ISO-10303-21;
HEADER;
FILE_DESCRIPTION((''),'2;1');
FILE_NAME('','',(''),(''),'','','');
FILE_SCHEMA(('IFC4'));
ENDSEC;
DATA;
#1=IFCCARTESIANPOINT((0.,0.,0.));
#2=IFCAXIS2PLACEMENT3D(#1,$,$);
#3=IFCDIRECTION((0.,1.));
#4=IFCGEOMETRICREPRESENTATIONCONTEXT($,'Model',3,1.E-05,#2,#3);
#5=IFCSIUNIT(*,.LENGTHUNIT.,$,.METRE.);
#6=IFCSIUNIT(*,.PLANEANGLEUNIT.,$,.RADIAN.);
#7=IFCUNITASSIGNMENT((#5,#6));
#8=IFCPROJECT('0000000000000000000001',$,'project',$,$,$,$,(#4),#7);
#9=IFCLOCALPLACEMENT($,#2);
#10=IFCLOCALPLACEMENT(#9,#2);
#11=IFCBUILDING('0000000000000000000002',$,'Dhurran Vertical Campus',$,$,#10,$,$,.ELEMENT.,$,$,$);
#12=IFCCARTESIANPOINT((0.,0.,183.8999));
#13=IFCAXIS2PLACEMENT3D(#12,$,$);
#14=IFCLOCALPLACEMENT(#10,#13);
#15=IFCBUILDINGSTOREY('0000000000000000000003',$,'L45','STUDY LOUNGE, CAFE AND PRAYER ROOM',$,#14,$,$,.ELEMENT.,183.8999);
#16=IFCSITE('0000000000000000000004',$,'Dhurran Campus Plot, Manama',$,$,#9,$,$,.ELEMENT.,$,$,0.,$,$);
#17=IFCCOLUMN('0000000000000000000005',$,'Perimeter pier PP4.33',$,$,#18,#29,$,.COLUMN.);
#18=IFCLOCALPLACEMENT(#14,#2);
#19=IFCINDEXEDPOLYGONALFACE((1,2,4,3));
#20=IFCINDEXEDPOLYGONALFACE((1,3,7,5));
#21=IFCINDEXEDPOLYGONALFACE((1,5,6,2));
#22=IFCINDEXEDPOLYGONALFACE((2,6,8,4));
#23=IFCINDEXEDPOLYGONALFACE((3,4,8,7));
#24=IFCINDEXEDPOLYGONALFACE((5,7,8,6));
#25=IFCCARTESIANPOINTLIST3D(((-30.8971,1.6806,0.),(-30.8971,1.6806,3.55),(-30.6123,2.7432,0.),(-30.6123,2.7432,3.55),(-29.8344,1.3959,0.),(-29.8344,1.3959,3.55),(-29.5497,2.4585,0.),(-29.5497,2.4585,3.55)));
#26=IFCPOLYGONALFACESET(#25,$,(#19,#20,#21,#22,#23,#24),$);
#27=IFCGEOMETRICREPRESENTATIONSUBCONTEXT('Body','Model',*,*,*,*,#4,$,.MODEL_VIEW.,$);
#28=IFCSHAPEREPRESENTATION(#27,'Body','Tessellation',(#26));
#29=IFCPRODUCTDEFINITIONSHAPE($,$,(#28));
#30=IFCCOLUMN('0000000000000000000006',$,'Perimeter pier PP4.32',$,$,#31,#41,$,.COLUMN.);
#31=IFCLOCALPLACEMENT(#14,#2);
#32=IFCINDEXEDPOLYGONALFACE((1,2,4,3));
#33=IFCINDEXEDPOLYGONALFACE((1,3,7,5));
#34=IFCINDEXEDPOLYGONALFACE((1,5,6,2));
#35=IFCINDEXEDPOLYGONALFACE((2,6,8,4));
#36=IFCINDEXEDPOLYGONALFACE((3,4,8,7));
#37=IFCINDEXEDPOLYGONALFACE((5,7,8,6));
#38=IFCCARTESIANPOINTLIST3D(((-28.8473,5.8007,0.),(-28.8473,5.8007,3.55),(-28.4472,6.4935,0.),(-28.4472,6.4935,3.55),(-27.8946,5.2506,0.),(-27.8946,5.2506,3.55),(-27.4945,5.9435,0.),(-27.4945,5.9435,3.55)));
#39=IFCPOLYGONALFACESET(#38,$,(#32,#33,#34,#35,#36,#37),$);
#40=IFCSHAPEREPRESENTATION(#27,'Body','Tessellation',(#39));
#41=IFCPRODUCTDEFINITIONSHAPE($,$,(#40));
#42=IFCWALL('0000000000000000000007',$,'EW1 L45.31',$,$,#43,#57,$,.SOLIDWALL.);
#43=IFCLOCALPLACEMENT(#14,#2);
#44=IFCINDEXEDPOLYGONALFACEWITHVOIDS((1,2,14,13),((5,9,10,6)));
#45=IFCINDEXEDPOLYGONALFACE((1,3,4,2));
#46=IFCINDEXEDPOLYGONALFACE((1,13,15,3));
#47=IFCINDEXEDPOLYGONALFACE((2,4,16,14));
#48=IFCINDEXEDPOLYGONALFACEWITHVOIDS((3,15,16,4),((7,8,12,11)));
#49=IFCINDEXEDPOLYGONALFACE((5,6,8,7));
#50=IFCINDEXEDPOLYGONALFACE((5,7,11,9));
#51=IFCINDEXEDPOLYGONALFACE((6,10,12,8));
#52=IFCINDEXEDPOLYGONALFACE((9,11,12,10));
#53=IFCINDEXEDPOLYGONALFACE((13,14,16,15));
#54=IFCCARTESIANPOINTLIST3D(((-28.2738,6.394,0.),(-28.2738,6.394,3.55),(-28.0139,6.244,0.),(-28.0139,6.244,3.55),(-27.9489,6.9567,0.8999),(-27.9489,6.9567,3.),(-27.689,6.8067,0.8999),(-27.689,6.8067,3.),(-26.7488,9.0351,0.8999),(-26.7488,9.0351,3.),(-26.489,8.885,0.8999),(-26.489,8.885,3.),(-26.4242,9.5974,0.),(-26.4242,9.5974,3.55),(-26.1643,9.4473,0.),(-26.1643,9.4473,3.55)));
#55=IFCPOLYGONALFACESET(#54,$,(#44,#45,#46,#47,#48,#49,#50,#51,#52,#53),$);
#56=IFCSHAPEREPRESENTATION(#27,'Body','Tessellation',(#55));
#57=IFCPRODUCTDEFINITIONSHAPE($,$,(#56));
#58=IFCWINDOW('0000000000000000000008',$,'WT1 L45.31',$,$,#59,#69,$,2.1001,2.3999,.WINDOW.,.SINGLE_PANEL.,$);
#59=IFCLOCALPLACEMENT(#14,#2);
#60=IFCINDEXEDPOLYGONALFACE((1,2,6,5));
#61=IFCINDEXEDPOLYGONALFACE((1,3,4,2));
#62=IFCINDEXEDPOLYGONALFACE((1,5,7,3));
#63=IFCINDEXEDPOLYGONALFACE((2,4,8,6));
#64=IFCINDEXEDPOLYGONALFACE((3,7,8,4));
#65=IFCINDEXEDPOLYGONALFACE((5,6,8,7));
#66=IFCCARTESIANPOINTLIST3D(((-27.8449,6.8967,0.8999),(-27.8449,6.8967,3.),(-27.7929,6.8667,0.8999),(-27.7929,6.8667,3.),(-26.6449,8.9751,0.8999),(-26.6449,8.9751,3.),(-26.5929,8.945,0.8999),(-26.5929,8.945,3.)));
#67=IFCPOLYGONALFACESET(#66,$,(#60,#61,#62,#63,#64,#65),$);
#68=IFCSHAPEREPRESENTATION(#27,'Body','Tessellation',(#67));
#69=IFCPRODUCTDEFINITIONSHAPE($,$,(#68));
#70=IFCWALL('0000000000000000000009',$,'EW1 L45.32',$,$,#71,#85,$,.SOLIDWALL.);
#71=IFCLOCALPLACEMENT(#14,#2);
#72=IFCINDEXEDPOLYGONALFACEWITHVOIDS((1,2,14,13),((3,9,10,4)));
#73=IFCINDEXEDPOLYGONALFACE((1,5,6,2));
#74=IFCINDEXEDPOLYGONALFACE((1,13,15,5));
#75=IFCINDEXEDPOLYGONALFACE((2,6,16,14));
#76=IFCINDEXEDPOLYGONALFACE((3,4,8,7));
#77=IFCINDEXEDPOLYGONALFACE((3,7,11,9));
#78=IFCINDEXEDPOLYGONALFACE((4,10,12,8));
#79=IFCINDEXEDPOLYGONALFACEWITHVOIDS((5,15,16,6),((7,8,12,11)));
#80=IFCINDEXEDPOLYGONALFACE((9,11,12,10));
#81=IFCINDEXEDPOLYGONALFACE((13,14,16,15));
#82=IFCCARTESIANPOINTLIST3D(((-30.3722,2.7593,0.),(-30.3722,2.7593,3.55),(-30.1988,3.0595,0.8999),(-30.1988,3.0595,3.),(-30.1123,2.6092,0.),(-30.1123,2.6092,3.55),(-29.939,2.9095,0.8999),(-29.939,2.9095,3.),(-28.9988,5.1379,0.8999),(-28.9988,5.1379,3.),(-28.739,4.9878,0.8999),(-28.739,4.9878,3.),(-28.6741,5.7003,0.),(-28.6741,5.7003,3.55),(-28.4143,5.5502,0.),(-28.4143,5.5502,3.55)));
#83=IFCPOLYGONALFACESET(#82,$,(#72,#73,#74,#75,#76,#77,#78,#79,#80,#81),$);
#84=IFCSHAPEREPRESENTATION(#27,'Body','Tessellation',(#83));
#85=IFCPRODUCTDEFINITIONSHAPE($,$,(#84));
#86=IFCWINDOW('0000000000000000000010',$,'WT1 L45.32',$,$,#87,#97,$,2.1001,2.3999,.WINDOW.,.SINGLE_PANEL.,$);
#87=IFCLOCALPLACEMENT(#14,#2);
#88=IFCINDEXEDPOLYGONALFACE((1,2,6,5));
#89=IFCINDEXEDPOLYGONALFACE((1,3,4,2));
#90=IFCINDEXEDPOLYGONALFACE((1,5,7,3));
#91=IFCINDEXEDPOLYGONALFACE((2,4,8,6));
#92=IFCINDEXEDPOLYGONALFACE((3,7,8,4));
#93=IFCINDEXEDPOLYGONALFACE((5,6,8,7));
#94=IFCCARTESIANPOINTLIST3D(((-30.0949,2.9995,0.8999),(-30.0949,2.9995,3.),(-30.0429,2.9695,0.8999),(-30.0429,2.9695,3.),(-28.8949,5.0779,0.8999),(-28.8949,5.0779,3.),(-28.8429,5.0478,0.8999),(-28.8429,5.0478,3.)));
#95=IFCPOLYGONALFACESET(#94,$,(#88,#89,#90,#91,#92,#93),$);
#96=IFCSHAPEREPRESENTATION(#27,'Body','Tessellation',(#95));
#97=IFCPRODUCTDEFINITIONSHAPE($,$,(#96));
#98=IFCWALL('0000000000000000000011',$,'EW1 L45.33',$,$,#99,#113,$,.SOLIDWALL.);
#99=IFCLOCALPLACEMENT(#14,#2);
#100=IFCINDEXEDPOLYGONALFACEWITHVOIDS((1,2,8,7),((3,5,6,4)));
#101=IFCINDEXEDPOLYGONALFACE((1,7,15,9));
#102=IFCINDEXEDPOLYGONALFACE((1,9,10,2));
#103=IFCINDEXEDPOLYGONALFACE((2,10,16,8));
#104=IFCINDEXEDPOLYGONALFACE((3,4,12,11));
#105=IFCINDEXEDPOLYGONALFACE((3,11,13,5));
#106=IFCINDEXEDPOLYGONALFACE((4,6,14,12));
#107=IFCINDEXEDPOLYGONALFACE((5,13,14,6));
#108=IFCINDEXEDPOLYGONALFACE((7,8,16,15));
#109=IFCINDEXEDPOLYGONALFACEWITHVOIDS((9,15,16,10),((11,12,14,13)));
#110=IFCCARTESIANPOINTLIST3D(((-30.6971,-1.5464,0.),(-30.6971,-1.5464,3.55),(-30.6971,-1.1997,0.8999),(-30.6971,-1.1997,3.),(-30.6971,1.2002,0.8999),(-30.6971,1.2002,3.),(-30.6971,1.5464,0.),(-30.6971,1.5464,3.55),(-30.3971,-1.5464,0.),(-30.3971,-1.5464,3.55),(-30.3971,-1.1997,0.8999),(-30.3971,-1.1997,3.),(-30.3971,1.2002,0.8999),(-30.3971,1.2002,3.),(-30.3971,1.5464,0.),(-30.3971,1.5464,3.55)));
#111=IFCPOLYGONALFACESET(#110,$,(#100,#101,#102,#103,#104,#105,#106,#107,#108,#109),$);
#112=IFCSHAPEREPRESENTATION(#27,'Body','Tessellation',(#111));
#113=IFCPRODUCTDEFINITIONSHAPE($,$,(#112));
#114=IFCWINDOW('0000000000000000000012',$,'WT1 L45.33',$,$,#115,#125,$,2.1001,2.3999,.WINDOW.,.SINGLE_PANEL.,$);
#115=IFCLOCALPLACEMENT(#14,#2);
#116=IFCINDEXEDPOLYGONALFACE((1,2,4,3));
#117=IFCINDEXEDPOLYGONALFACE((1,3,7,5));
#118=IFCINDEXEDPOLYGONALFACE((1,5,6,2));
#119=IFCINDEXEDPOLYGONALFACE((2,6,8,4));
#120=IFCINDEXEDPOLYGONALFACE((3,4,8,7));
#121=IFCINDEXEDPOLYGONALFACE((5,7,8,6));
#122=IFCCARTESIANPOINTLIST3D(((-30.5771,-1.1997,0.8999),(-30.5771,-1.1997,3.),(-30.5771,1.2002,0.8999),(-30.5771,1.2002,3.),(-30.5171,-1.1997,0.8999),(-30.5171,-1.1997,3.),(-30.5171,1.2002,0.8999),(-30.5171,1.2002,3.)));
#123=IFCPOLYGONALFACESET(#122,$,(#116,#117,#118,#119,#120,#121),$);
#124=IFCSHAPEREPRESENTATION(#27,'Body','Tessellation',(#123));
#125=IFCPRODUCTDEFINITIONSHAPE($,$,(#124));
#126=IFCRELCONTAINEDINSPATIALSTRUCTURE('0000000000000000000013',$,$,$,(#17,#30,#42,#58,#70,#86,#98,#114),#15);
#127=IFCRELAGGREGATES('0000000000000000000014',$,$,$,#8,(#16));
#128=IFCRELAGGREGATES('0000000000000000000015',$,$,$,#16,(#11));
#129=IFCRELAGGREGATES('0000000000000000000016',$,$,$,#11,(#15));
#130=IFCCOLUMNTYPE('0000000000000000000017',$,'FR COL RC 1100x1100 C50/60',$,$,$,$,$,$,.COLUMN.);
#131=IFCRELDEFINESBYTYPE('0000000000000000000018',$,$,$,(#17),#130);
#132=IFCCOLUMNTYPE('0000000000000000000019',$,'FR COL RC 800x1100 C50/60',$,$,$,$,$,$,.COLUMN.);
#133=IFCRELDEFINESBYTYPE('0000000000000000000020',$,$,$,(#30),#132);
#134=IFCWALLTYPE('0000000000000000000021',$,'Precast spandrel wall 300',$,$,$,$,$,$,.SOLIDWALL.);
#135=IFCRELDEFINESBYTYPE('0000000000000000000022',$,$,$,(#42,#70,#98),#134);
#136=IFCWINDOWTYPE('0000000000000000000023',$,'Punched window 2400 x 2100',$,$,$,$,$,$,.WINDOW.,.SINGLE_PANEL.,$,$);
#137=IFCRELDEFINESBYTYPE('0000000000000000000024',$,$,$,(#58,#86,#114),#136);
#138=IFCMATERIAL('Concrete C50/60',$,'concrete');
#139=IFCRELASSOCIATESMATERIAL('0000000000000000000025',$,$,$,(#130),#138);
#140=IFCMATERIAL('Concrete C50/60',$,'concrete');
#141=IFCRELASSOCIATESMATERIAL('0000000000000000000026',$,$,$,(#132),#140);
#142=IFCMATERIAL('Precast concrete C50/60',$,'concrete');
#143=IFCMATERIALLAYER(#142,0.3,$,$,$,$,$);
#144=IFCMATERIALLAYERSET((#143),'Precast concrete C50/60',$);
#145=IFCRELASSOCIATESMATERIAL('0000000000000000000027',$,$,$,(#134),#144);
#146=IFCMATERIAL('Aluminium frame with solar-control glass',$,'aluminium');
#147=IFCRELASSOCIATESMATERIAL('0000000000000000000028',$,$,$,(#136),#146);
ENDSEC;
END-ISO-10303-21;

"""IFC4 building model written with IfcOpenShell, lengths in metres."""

from ifc_helpers import new_model, si_unit, direction, frame, frame_2d, origin, origin_2d, place, context, subcontext, project, spatial, rectangle, extrude, material, layer, layer_set, material_profile, profile_set, type_object, element, fill, save


model = new_model("IFC4")

# Units and contexts
model_context = context("Model", 3, precision=1e-05, world=origin(), true_north=direction((0.0, 1.0)))
body_context = subcontext(model_context, "Body", "Model", "MODEL_VIEW")
ifc_project = project(units=[si_unit("LENGTHUNIT", "METRE"), si_unit("PLANEANGLEUNIT", "RADIAN")], contexts=[model_context])

# Site, building, storey
site_placement = place(None, origin())
site = spatial("IfcSite", under=ifc_project, at=site_placement, Name="Dhurran Campus Plot, Manama", CompositionType="ELEMENT", RefElevation=0.0)
building_placement = place(site_placement, origin())
building = spatial("IfcBuilding", under=site, at=building_placement, Name="Dhurran Vertical Campus", CompositionType="ELEMENT")
storey_placement = place(building_placement, frame((0.0, 0.0, 183.8999)))
storey = spatial("IfcBuildingStorey", under=building, at=storey_placement, Name="L45", Description="STUDY LOUNGE, CAFE AND PRAYER ROOM", CompositionType="ELEMENT", Elevation=183.8999)

# Columns
ifc_material_1 = material(Name="Concrete C50/60", Category="concrete")
ifc_material_profile_1 = material_profile(ifc_material_1, rectangle(XDim=1.1001, YDim=1.1001, at=origin_2d()), Name="RC 1100x1100")
ifc_profile_set_1 = profile_set([ifc_material_profile_1], Name="Concrete C50/60")
column_type_1 = type_object("IfcColumnType", Name="FR COL RC 1100x1100 C50/60", PredefinedType="COLUMN", material=ifc_profile_set_1)
column_1_placement = place(storey_placement, frame((-30.2234, 2.0696, 0.0), z_axis=(0.0, 0.0, 1.0), x_axis=(-0.258819, -0.965926, 0.0)))
element("IfcColumn", 1, at=column_1_placement, inside=storey, type_object=column_type_1, Name="Perimeter pier PP4.33", PredefinedType="COLUMN", context=body_context, shape_type="SweptSolid", body=[
    extrude(rectangle(XDim=1.1001, YDim=1.1001, at=origin_2d()), origin(), (0.0, 0.0, 1.0), 3.55),
])
ifc_material_2 = material(Name="Concrete C50/60", Category="concrete")
ifc_material_profile_2 = material_profile(ifc_material_2, rectangle(XDim=0.8, YDim=1.1001, at=origin_2d()), Name="RC 800x1100")
ifc_profile_set_2 = profile_set([ifc_material_profile_2], Name="Concrete C50/60")
column_type_2 = type_object("IfcColumnType", Name="FR COL RC 800x1100 C50/60", PredefinedType="COLUMN", material=ifc_profile_set_2)
column_2_placement = place(storey_placement, frame((-28.1709, 5.8721, 0.0), z_axis=(0.0, 0.0, 1.0), x_axis=(-0.5, -0.866025, 0.0)))
element("IfcColumn", 2, at=column_2_placement, inside=storey, type_object=column_type_2, Name="Perimeter pier PP4.32", PredefinedType="COLUMN", context=body_context, shape_type="SweptSolid", body=[
    extrude(rectangle(XDim=0.8, YDim=1.1001, at=origin_2d()), origin(), (0.0, 0.0, 1.0), 3.55),
])

# Walls, openings, windows
ifc_material_3 = material(Name="Precast concrete C50/60", Category="concrete")
ifc_layer_1 = layer(ifc_material_3, 0.3)
ifc_layer_set_1 = layer_set([ifc_layer_1], Name="Precast concrete C50/60")
wall_type_1 = type_object("IfcWallType", Name="Precast spandrel wall 300", PredefinedType="SOLIDWALL", material=ifc_layer_set_1)
wall_1_placement = place(storey_placement, frame((-26.2942, 9.5225, 0.0), z_axis=(0.0, 0.0, 1.0), x_axis=(-0.500029, -0.866009, 0.0)))
wall_1 = element("IfcWall", 3, at=wall_1_placement, inside=storey, type_object=wall_type_1, Name="EW1 L45.31", PredefinedType="SOLIDWALL", context=body_context, shape_type="SweptSolid", body=[
    extrude(rectangle(XDim=3.699, YDim=0.3, at=frame_2d((1.8496, 0.0))), origin(), (0.0, 0.0, 1.0), 3.55),
])
opening_1_placement = place(wall_1_placement, frame((0.6494, 0.0, 0.8999)))
opening_1 = element("IfcOpeningElement", 4, at=opening_1_placement, cuts=wall_1, PredefinedType="OPENING", context=body_context, shape_type="SweptSolid", body=[
    extrude(rectangle(XDim=2.3999, YDim=2.1001, at=frame_2d((1.2, 1.05))), frame((0.0, 0.1599, 0.0), z_axis=(0.0, -1.0, 0.0), x_axis=(1.0, 0.0, 0.0)), (0.0, 0.0, 1.0), 0.3201),
])
ifc_material_4 = material(Name="Aluminium frame with solar-control glass", Category="aluminium")
window_type = type_object("IfcWindowType", Name="Punched window 2400 x 2100", PartitioningType="SINGLE_PANEL", PredefinedType="WINDOW", material=ifc_material_4)
window_1_placement = place(opening_1_placement, origin())
window_1 = element("IfcWindow", 5, at=window_1_placement, inside=storey, type_object=window_type, Name="WT1 L45.31", OverallHeight=2.1001, OverallWidth=2.3999, PartitioningType="SINGLE_PANEL", PredefinedType="WINDOW", context=body_context, shape_type="SweptSolid", body=[
    extrude(rectangle(XDim=2.3999, YDim=2.1001, at=frame_2d((1.2, 1.05))), frame((0.0, 0.03, 0.0), z_axis=(0.0, -1.0, 0.0), x_axis=(1.0, 0.0, 0.0)), (0.0, 0.0, 1.0), 0.0601),
])
fill(opening_1, window_1)
wall_2_placement = place(storey_placement, frame((-28.5442, 5.6252, 0.0), z_axis=(0.0, 0.0, 1.0), x_axis=(-0.500013, -0.866018, 0.0)))
wall_2 = element("IfcWall", 6, at=wall_2_placement, inside=storey, type_object=wall_type_1, Name="EW1 L45.32", PredefinedType="SOLIDWALL", context=body_context, shape_type="SweptSolid", body=[
    extrude(rectangle(XDim=3.396, YDim=0.3, at=frame_2d((1.698, 0.0))), origin(), (0.0, 0.0, 1.0), 3.55),
])
opening_2_placement = place(wall_2_placement, frame((0.6494, 0.0, 0.8999)))
opening_2 = element("IfcOpeningElement", 7, at=opening_2_placement, cuts=wall_2, PredefinedType="OPENING", context=body_context, shape_type="SweptSolid", body=[
    extrude(rectangle(XDim=2.3999, YDim=2.1001, at=frame_2d((1.2, 1.05))), frame((0.0, 0.1599, 0.0), z_axis=(0.0, -1.0, 0.0), x_axis=(1.0, 0.0, 0.0)), (0.0, 0.0, 1.0), 0.3201),
])
window_2_placement = place(opening_2_placement, origin())
window_2 = element("IfcWindow", 8, at=window_2_placement, inside=storey, type_object=window_type, Name="WT1 L45.32", OverallHeight=2.1001, OverallWidth=2.3999, PartitioningType="SINGLE_PANEL", PredefinedType="WINDOW", context=body_context, shape_type="SweptSolid", body=[
    extrude(rectangle(XDim=2.3999, YDim=2.1001, at=frame_2d((1.2, 1.05))), frame((0.0, 0.03, 0.0), z_axis=(0.0, -1.0, 0.0), x_axis=(1.0, 0.0, 0.0)), (0.0, 0.0, 1.0), 0.0601),
])
fill(opening_2, window_2)
wall_3_placement = place(storey_placement, frame((-30.5471, 1.5464, 0.0), z_axis=(0.0, 0.0, 1.0), x_axis=(0.0, -1.0, 0.0)))
wall_3 = element("IfcWall", 9, at=wall_3_placement, inside=storey, type_object=wall_type_1, Name="EW1 L45.33", PredefinedType="SOLIDWALL", context=body_context, shape_type="SweptSolid", body=[
    extrude(rectangle(XDim=3.0928, YDim=0.3, at=frame_2d((1.5464, 0.0))), origin(), (0.0, 0.0, 1.0), 3.55),
])
opening_3_placement = place(wall_3_placement, frame((0.3462, 0.0, 0.8999)))
opening_3 = element("IfcOpeningElement", 10, at=opening_3_placement, cuts=wall_3, PredefinedType="OPENING", context=body_context, shape_type="SweptSolid", body=[
    extrude(rectangle(XDim=2.3999, YDim=2.1001, at=frame_2d((1.2, 1.05))), frame((0.0, 0.1599, 0.0), z_axis=(0.0, -1.0, 0.0), x_axis=(1.0, 0.0, 0.0)), (0.0, 0.0, 1.0), 0.3201),
])
window_3_placement = place(opening_3_placement, origin())
window_3 = element("IfcWindow", 11, at=window_3_placement, inside=storey, type_object=window_type, Name="WT1 L45.33", OverallHeight=2.1001, OverallWidth=2.3999, PartitioningType="SINGLE_PANEL", PredefinedType="WINDOW", context=body_context, shape_type="SweptSolid", body=[
    extrude(rectangle(XDim=2.3999, YDim=2.1001, at=frame_2d((1.2, 1.05))), frame((0.0, 0.03, 0.0), z_axis=(0.0, -1.0, 0.0), x_axis=(1.0, 0.0, 0.0)), (0.0, 0.0, 1.0), 0.0601),
])
fill(opening_3, window_3)

save(model, "model.ifc")
